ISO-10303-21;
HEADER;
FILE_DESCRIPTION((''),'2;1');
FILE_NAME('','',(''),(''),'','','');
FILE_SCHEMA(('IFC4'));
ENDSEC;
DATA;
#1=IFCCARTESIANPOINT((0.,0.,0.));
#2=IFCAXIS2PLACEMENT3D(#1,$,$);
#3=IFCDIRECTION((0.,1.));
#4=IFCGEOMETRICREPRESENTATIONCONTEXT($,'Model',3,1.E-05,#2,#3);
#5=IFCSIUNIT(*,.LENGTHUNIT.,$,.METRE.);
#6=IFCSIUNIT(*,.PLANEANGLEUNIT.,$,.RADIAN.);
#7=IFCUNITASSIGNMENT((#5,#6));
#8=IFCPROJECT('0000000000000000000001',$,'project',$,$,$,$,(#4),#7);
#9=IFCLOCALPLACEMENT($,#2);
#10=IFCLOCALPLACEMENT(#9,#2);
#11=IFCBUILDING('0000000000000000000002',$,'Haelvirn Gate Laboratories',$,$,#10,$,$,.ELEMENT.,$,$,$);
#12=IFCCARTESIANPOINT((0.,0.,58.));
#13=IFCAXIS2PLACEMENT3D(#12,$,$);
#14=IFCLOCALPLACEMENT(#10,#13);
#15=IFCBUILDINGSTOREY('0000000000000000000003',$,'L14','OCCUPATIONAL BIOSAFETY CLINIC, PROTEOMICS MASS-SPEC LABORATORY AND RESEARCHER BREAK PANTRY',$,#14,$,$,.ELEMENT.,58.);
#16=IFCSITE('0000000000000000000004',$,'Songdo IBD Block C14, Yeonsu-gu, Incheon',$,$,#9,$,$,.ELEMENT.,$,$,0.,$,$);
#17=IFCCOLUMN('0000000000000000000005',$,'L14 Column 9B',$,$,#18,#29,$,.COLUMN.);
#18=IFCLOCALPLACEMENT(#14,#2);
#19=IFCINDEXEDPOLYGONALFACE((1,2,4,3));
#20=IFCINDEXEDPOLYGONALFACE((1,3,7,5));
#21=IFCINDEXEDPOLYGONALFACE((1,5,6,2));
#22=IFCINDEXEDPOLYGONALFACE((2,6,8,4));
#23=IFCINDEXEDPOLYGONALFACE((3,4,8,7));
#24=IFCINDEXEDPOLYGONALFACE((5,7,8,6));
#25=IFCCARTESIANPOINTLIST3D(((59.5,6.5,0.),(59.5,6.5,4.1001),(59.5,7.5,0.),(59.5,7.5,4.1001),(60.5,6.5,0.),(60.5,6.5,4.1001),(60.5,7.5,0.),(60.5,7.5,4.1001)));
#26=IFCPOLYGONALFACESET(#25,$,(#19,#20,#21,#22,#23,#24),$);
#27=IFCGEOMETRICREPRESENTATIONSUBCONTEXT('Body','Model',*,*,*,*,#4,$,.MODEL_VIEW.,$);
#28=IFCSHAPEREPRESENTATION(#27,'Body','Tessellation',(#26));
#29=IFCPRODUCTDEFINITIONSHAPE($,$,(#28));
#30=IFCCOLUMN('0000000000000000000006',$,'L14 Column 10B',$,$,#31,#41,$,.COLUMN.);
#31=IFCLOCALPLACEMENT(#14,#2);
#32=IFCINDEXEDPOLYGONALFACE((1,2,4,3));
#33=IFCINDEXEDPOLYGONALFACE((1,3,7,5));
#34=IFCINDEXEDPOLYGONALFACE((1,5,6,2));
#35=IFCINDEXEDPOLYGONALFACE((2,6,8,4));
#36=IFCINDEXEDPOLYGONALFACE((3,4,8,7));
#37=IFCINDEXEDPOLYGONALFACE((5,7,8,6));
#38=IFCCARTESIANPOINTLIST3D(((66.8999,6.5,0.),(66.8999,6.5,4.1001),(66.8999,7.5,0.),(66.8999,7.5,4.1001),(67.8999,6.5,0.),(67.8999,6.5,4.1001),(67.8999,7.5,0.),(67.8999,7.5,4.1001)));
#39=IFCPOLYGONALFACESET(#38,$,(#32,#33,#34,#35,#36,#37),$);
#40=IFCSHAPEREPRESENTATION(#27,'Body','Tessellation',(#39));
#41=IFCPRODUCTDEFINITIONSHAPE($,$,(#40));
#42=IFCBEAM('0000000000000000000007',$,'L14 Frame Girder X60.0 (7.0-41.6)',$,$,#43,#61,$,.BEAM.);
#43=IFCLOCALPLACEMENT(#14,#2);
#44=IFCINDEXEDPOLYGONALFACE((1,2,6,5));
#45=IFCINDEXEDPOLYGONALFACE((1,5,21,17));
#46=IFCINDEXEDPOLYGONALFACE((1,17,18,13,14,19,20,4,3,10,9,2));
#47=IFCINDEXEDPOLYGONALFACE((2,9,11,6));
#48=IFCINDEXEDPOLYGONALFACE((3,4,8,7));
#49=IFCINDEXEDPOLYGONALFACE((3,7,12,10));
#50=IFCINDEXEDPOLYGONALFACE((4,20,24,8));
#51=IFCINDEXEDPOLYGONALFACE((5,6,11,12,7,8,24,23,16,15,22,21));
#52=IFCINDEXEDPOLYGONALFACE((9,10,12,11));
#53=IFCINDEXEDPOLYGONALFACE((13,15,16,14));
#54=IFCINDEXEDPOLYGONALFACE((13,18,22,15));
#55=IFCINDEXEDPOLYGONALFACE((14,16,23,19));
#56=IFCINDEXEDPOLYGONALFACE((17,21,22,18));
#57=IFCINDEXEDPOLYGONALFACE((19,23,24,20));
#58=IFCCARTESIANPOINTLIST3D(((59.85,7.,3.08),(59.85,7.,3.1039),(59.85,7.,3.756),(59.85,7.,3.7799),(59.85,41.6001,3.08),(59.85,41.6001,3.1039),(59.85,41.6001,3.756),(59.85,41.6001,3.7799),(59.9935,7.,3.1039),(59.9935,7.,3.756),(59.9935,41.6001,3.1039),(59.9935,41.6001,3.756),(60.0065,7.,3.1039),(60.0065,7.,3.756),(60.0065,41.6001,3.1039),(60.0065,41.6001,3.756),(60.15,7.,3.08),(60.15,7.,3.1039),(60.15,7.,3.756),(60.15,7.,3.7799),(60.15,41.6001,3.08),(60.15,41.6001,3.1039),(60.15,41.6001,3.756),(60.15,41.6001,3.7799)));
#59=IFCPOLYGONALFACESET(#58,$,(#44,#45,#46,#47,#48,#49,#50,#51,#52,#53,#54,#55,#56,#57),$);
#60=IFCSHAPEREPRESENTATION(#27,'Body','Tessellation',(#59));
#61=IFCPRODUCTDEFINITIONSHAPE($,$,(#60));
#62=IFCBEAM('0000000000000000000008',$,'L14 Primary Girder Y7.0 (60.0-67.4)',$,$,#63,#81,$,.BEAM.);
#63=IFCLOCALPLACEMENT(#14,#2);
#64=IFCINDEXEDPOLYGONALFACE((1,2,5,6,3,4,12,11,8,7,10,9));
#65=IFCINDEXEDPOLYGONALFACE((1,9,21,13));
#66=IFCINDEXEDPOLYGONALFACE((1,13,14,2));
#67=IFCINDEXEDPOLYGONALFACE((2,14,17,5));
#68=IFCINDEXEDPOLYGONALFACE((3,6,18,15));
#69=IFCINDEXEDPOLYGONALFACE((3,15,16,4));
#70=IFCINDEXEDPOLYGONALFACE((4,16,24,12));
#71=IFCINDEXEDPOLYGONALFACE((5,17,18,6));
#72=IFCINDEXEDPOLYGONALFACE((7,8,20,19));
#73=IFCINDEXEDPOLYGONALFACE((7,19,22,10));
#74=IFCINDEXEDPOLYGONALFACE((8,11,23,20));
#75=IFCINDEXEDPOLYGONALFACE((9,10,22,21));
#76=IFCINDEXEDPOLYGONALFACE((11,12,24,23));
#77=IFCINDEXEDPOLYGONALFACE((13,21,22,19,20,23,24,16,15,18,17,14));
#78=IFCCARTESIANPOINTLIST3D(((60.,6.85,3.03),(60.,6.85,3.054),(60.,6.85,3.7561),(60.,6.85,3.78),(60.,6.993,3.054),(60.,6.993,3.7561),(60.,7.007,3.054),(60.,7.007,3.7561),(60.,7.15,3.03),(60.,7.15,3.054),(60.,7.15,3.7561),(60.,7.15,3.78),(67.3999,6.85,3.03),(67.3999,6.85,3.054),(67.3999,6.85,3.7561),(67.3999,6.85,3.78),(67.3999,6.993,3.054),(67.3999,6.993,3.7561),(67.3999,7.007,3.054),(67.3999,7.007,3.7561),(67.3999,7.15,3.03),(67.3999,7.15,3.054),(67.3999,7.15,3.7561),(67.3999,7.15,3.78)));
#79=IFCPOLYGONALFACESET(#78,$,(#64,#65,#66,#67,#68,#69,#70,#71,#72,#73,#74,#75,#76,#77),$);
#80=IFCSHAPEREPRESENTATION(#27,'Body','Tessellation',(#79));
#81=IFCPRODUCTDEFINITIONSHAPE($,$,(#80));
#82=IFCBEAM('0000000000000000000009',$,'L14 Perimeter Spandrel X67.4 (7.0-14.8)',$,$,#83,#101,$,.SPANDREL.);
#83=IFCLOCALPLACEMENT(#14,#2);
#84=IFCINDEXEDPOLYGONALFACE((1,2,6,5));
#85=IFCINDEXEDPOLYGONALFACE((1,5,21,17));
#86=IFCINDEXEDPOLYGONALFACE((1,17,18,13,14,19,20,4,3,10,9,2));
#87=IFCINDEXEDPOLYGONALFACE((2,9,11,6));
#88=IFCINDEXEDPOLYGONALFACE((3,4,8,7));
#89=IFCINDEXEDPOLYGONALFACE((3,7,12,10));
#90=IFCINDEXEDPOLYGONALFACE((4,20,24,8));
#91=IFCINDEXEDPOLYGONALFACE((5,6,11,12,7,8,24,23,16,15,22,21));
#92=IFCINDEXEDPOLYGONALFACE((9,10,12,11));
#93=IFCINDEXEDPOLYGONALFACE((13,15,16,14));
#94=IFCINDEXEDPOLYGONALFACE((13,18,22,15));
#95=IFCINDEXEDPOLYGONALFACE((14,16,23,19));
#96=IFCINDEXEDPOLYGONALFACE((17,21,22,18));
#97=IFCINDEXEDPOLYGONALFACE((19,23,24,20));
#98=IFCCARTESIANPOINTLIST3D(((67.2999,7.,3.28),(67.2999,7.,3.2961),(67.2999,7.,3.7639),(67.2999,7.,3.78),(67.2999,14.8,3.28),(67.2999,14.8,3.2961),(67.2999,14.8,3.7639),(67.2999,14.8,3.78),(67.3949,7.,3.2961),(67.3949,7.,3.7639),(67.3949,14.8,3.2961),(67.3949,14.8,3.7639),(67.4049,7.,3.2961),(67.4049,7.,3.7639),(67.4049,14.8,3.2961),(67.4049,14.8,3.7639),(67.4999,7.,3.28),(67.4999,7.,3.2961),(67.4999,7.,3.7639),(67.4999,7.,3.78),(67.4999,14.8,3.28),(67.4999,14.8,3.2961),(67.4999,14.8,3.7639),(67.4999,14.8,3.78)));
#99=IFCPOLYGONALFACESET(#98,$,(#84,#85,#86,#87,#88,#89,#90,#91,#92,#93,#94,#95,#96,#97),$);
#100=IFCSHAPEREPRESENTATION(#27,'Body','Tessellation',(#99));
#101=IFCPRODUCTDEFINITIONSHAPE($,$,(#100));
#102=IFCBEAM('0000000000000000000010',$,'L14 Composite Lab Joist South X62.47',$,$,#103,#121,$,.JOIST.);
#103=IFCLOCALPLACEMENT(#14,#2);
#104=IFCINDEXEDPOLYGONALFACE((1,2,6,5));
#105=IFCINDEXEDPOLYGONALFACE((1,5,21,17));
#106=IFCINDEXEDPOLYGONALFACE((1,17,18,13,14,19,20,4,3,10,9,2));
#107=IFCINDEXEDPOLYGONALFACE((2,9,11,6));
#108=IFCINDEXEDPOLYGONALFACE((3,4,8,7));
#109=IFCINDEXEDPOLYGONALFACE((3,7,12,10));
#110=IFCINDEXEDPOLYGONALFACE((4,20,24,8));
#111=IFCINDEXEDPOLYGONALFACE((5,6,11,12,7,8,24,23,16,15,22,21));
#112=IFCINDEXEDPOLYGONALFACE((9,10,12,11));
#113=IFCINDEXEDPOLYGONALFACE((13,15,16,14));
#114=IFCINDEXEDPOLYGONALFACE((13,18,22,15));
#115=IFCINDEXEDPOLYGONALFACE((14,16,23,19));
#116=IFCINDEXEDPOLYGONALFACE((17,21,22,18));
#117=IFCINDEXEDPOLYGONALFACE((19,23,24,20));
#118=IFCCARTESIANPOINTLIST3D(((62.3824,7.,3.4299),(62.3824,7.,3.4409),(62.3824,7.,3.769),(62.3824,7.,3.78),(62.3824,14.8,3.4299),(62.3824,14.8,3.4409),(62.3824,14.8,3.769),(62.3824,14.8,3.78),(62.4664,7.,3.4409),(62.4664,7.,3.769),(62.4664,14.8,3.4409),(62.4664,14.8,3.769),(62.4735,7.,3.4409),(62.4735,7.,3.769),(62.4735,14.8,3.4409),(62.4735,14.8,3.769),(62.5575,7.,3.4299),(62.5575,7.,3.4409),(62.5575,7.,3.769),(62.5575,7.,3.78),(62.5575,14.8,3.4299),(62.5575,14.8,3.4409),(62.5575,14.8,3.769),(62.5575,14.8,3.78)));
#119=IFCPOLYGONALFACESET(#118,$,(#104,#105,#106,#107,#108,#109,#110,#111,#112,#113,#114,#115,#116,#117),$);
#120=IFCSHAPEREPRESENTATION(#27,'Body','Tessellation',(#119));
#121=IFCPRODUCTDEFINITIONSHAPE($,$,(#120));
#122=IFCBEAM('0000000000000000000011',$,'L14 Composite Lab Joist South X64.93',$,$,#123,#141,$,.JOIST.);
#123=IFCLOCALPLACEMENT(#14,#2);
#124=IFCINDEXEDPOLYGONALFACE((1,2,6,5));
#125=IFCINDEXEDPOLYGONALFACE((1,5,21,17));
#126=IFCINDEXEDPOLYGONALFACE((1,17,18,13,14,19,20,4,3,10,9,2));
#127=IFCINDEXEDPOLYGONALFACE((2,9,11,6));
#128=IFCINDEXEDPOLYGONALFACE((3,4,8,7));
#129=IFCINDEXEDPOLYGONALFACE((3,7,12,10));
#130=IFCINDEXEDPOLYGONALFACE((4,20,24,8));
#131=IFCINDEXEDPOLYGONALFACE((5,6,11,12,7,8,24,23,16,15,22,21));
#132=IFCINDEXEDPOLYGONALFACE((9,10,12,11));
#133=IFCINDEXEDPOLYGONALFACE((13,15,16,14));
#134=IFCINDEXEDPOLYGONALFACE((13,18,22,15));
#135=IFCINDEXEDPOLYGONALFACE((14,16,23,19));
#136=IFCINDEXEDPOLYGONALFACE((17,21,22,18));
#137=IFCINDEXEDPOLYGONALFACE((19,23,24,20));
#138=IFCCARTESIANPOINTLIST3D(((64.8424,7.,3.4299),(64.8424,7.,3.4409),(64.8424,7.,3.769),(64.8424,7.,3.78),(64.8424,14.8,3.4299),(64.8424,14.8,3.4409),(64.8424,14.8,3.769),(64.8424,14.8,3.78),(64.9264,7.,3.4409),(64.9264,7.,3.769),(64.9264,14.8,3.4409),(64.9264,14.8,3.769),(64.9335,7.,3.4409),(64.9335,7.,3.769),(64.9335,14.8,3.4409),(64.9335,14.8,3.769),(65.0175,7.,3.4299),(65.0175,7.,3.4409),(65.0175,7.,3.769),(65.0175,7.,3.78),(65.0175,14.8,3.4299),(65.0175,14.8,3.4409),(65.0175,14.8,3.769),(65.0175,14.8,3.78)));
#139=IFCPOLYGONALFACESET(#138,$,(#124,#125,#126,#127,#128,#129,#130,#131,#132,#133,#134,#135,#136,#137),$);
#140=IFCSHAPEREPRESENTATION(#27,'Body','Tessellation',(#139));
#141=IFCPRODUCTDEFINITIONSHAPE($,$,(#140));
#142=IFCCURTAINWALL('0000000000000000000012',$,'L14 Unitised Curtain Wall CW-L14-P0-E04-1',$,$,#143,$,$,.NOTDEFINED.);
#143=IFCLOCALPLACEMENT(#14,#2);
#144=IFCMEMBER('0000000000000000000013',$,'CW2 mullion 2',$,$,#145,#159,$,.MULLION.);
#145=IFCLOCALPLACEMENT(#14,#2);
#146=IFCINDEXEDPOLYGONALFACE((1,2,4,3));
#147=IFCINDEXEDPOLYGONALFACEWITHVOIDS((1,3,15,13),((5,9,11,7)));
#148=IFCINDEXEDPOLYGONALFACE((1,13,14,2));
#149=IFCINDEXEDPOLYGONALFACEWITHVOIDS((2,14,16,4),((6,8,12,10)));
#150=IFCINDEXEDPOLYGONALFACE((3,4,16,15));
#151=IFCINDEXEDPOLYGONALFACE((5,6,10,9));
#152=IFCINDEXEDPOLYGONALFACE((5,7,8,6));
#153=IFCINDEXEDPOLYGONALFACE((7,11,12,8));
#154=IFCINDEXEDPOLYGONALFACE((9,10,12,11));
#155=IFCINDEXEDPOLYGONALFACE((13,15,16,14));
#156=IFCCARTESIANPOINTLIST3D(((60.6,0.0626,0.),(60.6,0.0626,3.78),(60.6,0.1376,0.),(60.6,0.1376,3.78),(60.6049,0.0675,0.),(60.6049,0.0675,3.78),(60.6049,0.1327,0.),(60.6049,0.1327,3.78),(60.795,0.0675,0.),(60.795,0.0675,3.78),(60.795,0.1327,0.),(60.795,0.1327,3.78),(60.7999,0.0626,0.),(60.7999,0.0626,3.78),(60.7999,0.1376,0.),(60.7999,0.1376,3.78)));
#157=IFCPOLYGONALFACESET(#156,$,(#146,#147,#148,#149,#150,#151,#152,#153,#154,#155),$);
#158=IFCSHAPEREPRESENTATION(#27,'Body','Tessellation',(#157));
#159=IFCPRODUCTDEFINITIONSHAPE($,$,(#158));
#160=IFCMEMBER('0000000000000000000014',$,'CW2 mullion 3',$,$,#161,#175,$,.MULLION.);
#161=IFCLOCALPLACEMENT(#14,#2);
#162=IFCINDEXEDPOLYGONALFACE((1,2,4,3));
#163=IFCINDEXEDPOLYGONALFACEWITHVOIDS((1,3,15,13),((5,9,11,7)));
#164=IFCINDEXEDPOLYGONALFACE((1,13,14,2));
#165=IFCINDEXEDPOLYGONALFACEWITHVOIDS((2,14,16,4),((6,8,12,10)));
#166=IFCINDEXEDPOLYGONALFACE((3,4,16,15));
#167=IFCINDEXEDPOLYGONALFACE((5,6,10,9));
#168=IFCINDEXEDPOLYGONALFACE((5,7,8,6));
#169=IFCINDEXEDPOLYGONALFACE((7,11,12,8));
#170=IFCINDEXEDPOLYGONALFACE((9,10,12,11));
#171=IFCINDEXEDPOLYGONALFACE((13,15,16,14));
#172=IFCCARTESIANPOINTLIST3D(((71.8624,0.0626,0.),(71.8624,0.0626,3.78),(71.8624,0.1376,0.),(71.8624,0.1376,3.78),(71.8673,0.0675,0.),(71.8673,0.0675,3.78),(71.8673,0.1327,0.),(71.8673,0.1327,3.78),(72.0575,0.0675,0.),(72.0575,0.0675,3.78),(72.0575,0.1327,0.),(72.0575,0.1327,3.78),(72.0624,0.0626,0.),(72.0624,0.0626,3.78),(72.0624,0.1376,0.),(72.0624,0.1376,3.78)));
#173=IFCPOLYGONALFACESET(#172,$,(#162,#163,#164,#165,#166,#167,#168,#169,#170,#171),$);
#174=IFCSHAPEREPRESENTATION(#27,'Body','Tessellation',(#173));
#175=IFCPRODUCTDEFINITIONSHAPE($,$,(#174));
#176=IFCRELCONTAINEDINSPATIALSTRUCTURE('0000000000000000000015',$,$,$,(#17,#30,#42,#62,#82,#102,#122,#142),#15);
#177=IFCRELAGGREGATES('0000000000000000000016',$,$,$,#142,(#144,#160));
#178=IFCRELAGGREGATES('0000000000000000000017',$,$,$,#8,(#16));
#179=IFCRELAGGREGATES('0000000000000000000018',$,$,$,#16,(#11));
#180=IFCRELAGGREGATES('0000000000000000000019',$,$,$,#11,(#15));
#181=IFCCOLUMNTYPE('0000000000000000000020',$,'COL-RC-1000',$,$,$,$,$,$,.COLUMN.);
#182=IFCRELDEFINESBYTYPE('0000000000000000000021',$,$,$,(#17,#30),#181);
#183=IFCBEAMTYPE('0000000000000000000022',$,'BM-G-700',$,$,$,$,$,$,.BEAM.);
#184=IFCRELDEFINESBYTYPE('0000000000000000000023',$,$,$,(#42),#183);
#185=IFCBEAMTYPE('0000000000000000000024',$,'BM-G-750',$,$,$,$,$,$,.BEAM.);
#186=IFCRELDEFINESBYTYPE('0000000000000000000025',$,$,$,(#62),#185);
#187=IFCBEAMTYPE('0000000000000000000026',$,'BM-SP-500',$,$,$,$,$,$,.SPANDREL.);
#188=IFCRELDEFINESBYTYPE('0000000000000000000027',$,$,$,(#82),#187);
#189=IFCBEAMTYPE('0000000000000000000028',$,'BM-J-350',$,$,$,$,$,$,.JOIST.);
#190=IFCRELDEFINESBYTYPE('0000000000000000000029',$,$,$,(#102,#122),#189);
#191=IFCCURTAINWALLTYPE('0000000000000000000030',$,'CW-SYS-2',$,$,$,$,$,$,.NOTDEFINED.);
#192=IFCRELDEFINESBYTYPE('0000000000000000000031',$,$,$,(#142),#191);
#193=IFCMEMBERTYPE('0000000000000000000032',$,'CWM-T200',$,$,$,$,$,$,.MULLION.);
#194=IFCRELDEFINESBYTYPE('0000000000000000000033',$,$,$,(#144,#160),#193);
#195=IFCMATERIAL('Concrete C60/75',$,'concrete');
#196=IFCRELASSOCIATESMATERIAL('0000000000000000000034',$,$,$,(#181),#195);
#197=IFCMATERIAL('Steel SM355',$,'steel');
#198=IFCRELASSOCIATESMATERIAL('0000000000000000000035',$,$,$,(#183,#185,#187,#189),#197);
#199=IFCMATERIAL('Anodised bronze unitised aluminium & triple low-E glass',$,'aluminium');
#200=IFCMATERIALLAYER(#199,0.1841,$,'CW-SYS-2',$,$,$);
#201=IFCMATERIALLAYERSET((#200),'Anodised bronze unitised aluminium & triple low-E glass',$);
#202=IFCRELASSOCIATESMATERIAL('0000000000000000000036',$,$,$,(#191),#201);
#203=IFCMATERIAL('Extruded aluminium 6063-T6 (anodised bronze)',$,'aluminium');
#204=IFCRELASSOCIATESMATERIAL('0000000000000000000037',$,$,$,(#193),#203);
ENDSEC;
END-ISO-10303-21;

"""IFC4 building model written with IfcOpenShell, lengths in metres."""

from ifc_helpers import new_model, si_unit, direction, frame, origin, origin_2d, place, context, subcontext, project, spatial, rectangle, hollow_rectangle, i_section, extrude, source, transform, mapped, material, layer, layer_set, material_profile, profile_set, type_object, type_shapes, element, aggregate, save


model = new_model("IFC4")

# Units and contexts
model_context = context("Model", 3, precision=1e-05, world=origin(), true_north=direction((0.0, 1.0)))
body_context = subcontext(model_context, "Body", "Model", "MODEL_VIEW")
ifc_project = project(units=[si_unit("LENGTHUNIT", "METRE"), si_unit("PLANEANGLEUNIT", "RADIAN")], contexts=[model_context])

# Site, building, storey
site_placement = place(None, origin())
site = spatial("IfcSite", under=ifc_project, at=site_placement, Name="Songdo IBD Block C14, Yeonsu-gu, Incheon", CompositionType="ELEMENT", RefElevation=0.0)
building_placement = place(site_placement, origin())
building = spatial("IfcBuilding", under=site, at=building_placement, Name="Haelvirn Gate Laboratories", CompositionType="ELEMENT")
storey_placement = place(building_placement, frame((0.0, 0.0, 58.0)))
storey = spatial("IfcBuildingStorey", under=building, at=storey_placement, Name="L14", Description="OCCUPATIONAL BIOSAFETY CLINIC, PROTEOMICS MASS-SPEC LABORATORY AND RESEARCHER BREAK PANTRY", CompositionType="ELEMENT", Elevation=58.0)

# Columns
ifc_material_1 = material(Name="Concrete C60/75", Category="concrete")
ifc_material_profile_1 = material_profile(ifc_material_1, rectangle(XDim=1.0, YDim=1.0, at=origin_2d()), Name="RC-1000x1000")
ifc_profile_set_1 = profile_set([ifc_material_profile_1], Name="Concrete C60/75")
column_type = type_object("IfcColumnType", Name="COL-RC-1000", PredefinedType="COLUMN", material=ifc_profile_set_1)
shared_shape_1 = source(origin(), body_context, "Body", "SweptSolid", [
    extrude(rectangle(XDim=1.0, YDim=1.0, at=origin_2d()), origin(), (0.0, 0.0, 1.0), 4.1001),
])
type_shapes(column_type, [shared_shape_1])
for number, where, z_axis, x_axis, name in (
    (1, (60.0, 7.0, 0.0), (0.0, 0.0, 1.0), (1.0, 0.0, 0.0), "L14 Column 9B"),
    (2, (67.3999, 7.0, 0.0), (0.0, 0.0, 1.0), (1.0, 0.0, 0.0), "L14 Column 10B"),
):
    element("IfcColumn", number, at=place(storey_placement, frame(where, z_axis=z_axis, x_axis=x_axis)), inside=storey, type_object=column_type, Name=name, PredefinedType="COLUMN", context=body_context, shape_type="MappedRepresentation", body=[
        mapped(shared_shape_1, transform((0.0, 0.0, 0.0), scale=1.0)),
    ])

# Beams
ifc_material_2 = material(Name="Steel SM355", Category="steel")
ifc_material_profile_2 = material_profile(ifc_material_2, i_section(OverallWidth=0.3, OverallDepth=0.7, WebThickness=0.0129, FlangeThickness=0.0239, at=origin_2d()), Name="H-700x300x13x24")
ifc_profile_set_2 = profile_set([ifc_material_profile_2], Name="Steel SM355")
beam_type_1 = type_object("IfcBeamType", Name="BM-G-700", PredefinedType="BEAM", material=ifc_profile_set_2)
shared_shape_2 = source(origin(), body_context, "Body", "SweptSolid", [
    extrude(i_section(OverallWidth=0.3, OverallDepth=0.7, WebThickness=0.0129, FlangeThickness=0.0239, at=origin_2d()), origin(), (0.0, 0.0, 1.0), 34.6001),
])
type_shapes(beam_type_1, [shared_shape_2])
beam_1_placement = place(storey_placement, frame((60.0, 7.0, 3.4299), z_axis=(0.0, 1.0, 0.0), x_axis=(-1.0, 0.0, 0.0)))
element("IfcBeam", 3, at=beam_1_placement, inside=storey, type_object=beam_type_1, Name="L14 Frame Girder X60.0 (7.0-41.6)", PredefinedType="BEAM", context=body_context, shape_type="MappedRepresentation", body=[
    mapped(shared_shape_2, transform((0.0, 0.0, 0.0), scale=1.0)),
])
ifc_material_profile_3 = material_profile(ifc_material_2, i_section(OverallWidth=0.3, OverallDepth=0.75, WebThickness=0.0139, FlangeThickness=0.0239, at=origin_2d()), Name="H-750x300x14x24")
ifc_profile_set_3 = profile_set([ifc_material_profile_3], Name="Steel SM355")
beam_type_2 = type_object("IfcBeamType", Name="BM-G-750", PredefinedType="BEAM", material=ifc_profile_set_3)
shared_shape_3 = source(origin(), body_context, "Body", "SweptSolid", [
    extrude(i_section(OverallWidth=0.3, OverallDepth=0.75, WebThickness=0.0139, FlangeThickness=0.0239, at=origin_2d()), origin(), (0.0, 0.0, 1.0), 7.3999),
])
type_shapes(beam_type_2, [shared_shape_3])
beam_2_placement = place(storey_placement, frame((60.0, 7.0, 3.405), z_axis=(1.0, 0.0, 0.0), x_axis=(0.0, 1.0, 0.0)))
element("IfcBeam", 4, at=beam_2_placement, inside=storey, type_object=beam_type_2, Name="L14 Primary Girder Y7.0 (60.0-67.4)", PredefinedType="BEAM", context=body_context, shape_type="MappedRepresentation", body=[
    mapped(shared_shape_3, transform((0.0, 0.0, 0.0), scale=1.0)),
])
ifc_material_profile_4 = material_profile(ifc_material_2, i_section(OverallWidth=0.2, OverallDepth=0.5, WebThickness=0.01, FlangeThickness=0.0161, at=origin_2d()), Name="H-500x200x10x16")
ifc_profile_set_4 = profile_set([ifc_material_profile_4], Name="Steel SM355")
beam_type_3 = type_object("IfcBeamType", Name="BM-SP-500", PredefinedType="SPANDREL", material=ifc_profile_set_4)
shared_shape_4 = source(origin(), body_context, "Body", "SweptSolid", [
    extrude(i_section(OverallWidth=0.2, OverallDepth=0.5, WebThickness=0.01, FlangeThickness=0.0161, at=origin_2d()), origin(), (0.0, 0.0, 1.0), 7.8),
])
type_shapes(beam_type_3, [shared_shape_4])
beam_3_placement = place(storey_placement, frame((67.3999, 7.0, 3.53), z_axis=(0.0, 1.0, 0.0), x_axis=(-1.0, 0.0, 0.0)))
element("IfcBeam", 5, at=beam_3_placement, inside=storey, type_object=beam_type_3, Name="L14 Perimeter Spandrel X67.4 (7.0-14.8)", PredefinedType="SPANDREL", context=body_context, shape_type="MappedRepresentation", body=[
    mapped(shared_shape_4, transform((0.0, 0.0, 0.0), scale=1.0)),
])
ifc_material_profile_5 = material_profile(ifc_material_2, i_section(OverallWidth=0.175, OverallDepth=0.3501, WebThickness=0.0071, FlangeThickness=0.011, at=origin_2d()), Name="H-350x175x7x11")
ifc_profile_set_5 = profile_set([ifc_material_profile_5], Name="Steel SM355")
beam_type_4 = type_object("IfcBeamType", Name="BM-J-350", PredefinedType="JOIST", material=ifc_profile_set_5)
shared_shape_5 = source(origin(), body_context, "Body", "SweptSolid", [
    extrude(i_section(OverallWidth=0.175, OverallDepth=0.3501, WebThickness=0.0071, FlangeThickness=0.011, at=origin_2d()), origin(), (0.0, 0.0, 1.0), 7.8),
])
type_shapes(beam_type_4, [shared_shape_5])
for number, where, z_axis, x_axis, name in (
    (6, (62.47, 7.0, 3.605), (0.0, 1.0, 0.0), (-1.0, 0.0, 0.0), "L14 Composite Lab Joist South X62.47"),
    (7, (64.9299, 7.0, 3.605), (0.0, 1.0, 0.0), (-1.0, 0.0, 0.0), "L14 Composite Lab Joist South X64.93"),
):
    element("IfcBeam", number, at=place(storey_placement, frame(where, z_axis=z_axis, x_axis=x_axis)), inside=storey, type_object=beam_type_4, Name=name, PredefinedType="JOIST", context=body_context, shape_type="MappedRepresentation", body=[
        mapped(shared_shape_5, transform((0.0, 0.0, 0.0), scale=1.0)),
    ])

# Curtain wall, members
ifc_material_3 = material(Name="Anodised bronze unitised aluminium & triple low-E glass", Category="aluminium")
ifc_layer_1 = layer(ifc_material_3, 0.1841, Name="CW-SYS-2")
ifc_layer_set_1 = layer_set([ifc_layer_1], Name="Anodised bronze unitised aluminium & triple low-E glass")
curtain_wall_type_1 = type_object("IfcCurtainWallType", Name="CW-SYS-2", PredefinedType="NOTDEFINED", material=ifc_layer_set_1)
curtain_wall_1_placement = place(storey_placement, origin())
curtain_wall_1 = element("IfcCurtainWall", 8, at=curtain_wall_1_placement, inside=storey, type_object=curtain_wall_type_1, Name="L14 Unitised Curtain Wall CW-L14-P0-E04-1", PredefinedType="NOTDEFINED")
ifc_material_4 = material(Name="Extruded aluminium 6063-T6 (anodised bronze)", Category="aluminium")
ifc_material_profile_6 = material_profile(ifc_material_4, hollow_rectangle(XDim=0.075, YDim=0.2, WallThickness=0.0049, at=origin_2d()), Name="CWM-200x75x5")
ifc_profile_set_6 = profile_set([ifc_material_profile_6], Name="Extruded aluminium 6063-T6 (anodised bronze)")
member_type_1 = type_object("IfcMemberType", Name="CWM-T200", PredefinedType="MULLION", material=ifc_profile_set_6)
shared_shape_6 = source(origin(), body_context, "Body", "SweptSolid", [
    extrude(hollow_rectangle(XDim=0.075, YDim=0.2, WallThickness=0.0049, at=origin_2d()), origin(), (0.0, 0.0, 1.0), 3.78),
])
type_shapes(member_type_1, [shared_shape_6])
member_1_placement = place(storey_placement, frame((60.7, 0.1001, 0.0), z_axis=(0.0, 0.0, 1.0), x_axis=(0.0, 1.0, 0.0)))
member_1 = element("IfcMember", 9, at=member_1_placement, type_object=member_type_1, Name="CW2 mullion 2", PredefinedType="MULLION", context=body_context, shape_type="MappedRepresentation", body=[
    mapped(shared_shape_6, transform((0.0, 0.0, 0.0), scale=1.0)),
])
member_2_placement = place(storey_placement, frame((71.9624, 0.1001, 0.0), z_axis=(0.0, 0.0, 1.0), x_axis=(0.0, 1.0, 0.0)))
member_2 = element("IfcMember", 10, at=member_2_placement, type_object=member_type_1, Name="CW2 mullion 3", PredefinedType="MULLION", context=body_context, shape_type="MappedRepresentation", body=[
    mapped(shared_shape_6, transform((0.0, 0.0, 0.0), scale=1.0)),
])

aggregate(curtain_wall_1, [member_1, member_2])

save(model, "model.ifc")
